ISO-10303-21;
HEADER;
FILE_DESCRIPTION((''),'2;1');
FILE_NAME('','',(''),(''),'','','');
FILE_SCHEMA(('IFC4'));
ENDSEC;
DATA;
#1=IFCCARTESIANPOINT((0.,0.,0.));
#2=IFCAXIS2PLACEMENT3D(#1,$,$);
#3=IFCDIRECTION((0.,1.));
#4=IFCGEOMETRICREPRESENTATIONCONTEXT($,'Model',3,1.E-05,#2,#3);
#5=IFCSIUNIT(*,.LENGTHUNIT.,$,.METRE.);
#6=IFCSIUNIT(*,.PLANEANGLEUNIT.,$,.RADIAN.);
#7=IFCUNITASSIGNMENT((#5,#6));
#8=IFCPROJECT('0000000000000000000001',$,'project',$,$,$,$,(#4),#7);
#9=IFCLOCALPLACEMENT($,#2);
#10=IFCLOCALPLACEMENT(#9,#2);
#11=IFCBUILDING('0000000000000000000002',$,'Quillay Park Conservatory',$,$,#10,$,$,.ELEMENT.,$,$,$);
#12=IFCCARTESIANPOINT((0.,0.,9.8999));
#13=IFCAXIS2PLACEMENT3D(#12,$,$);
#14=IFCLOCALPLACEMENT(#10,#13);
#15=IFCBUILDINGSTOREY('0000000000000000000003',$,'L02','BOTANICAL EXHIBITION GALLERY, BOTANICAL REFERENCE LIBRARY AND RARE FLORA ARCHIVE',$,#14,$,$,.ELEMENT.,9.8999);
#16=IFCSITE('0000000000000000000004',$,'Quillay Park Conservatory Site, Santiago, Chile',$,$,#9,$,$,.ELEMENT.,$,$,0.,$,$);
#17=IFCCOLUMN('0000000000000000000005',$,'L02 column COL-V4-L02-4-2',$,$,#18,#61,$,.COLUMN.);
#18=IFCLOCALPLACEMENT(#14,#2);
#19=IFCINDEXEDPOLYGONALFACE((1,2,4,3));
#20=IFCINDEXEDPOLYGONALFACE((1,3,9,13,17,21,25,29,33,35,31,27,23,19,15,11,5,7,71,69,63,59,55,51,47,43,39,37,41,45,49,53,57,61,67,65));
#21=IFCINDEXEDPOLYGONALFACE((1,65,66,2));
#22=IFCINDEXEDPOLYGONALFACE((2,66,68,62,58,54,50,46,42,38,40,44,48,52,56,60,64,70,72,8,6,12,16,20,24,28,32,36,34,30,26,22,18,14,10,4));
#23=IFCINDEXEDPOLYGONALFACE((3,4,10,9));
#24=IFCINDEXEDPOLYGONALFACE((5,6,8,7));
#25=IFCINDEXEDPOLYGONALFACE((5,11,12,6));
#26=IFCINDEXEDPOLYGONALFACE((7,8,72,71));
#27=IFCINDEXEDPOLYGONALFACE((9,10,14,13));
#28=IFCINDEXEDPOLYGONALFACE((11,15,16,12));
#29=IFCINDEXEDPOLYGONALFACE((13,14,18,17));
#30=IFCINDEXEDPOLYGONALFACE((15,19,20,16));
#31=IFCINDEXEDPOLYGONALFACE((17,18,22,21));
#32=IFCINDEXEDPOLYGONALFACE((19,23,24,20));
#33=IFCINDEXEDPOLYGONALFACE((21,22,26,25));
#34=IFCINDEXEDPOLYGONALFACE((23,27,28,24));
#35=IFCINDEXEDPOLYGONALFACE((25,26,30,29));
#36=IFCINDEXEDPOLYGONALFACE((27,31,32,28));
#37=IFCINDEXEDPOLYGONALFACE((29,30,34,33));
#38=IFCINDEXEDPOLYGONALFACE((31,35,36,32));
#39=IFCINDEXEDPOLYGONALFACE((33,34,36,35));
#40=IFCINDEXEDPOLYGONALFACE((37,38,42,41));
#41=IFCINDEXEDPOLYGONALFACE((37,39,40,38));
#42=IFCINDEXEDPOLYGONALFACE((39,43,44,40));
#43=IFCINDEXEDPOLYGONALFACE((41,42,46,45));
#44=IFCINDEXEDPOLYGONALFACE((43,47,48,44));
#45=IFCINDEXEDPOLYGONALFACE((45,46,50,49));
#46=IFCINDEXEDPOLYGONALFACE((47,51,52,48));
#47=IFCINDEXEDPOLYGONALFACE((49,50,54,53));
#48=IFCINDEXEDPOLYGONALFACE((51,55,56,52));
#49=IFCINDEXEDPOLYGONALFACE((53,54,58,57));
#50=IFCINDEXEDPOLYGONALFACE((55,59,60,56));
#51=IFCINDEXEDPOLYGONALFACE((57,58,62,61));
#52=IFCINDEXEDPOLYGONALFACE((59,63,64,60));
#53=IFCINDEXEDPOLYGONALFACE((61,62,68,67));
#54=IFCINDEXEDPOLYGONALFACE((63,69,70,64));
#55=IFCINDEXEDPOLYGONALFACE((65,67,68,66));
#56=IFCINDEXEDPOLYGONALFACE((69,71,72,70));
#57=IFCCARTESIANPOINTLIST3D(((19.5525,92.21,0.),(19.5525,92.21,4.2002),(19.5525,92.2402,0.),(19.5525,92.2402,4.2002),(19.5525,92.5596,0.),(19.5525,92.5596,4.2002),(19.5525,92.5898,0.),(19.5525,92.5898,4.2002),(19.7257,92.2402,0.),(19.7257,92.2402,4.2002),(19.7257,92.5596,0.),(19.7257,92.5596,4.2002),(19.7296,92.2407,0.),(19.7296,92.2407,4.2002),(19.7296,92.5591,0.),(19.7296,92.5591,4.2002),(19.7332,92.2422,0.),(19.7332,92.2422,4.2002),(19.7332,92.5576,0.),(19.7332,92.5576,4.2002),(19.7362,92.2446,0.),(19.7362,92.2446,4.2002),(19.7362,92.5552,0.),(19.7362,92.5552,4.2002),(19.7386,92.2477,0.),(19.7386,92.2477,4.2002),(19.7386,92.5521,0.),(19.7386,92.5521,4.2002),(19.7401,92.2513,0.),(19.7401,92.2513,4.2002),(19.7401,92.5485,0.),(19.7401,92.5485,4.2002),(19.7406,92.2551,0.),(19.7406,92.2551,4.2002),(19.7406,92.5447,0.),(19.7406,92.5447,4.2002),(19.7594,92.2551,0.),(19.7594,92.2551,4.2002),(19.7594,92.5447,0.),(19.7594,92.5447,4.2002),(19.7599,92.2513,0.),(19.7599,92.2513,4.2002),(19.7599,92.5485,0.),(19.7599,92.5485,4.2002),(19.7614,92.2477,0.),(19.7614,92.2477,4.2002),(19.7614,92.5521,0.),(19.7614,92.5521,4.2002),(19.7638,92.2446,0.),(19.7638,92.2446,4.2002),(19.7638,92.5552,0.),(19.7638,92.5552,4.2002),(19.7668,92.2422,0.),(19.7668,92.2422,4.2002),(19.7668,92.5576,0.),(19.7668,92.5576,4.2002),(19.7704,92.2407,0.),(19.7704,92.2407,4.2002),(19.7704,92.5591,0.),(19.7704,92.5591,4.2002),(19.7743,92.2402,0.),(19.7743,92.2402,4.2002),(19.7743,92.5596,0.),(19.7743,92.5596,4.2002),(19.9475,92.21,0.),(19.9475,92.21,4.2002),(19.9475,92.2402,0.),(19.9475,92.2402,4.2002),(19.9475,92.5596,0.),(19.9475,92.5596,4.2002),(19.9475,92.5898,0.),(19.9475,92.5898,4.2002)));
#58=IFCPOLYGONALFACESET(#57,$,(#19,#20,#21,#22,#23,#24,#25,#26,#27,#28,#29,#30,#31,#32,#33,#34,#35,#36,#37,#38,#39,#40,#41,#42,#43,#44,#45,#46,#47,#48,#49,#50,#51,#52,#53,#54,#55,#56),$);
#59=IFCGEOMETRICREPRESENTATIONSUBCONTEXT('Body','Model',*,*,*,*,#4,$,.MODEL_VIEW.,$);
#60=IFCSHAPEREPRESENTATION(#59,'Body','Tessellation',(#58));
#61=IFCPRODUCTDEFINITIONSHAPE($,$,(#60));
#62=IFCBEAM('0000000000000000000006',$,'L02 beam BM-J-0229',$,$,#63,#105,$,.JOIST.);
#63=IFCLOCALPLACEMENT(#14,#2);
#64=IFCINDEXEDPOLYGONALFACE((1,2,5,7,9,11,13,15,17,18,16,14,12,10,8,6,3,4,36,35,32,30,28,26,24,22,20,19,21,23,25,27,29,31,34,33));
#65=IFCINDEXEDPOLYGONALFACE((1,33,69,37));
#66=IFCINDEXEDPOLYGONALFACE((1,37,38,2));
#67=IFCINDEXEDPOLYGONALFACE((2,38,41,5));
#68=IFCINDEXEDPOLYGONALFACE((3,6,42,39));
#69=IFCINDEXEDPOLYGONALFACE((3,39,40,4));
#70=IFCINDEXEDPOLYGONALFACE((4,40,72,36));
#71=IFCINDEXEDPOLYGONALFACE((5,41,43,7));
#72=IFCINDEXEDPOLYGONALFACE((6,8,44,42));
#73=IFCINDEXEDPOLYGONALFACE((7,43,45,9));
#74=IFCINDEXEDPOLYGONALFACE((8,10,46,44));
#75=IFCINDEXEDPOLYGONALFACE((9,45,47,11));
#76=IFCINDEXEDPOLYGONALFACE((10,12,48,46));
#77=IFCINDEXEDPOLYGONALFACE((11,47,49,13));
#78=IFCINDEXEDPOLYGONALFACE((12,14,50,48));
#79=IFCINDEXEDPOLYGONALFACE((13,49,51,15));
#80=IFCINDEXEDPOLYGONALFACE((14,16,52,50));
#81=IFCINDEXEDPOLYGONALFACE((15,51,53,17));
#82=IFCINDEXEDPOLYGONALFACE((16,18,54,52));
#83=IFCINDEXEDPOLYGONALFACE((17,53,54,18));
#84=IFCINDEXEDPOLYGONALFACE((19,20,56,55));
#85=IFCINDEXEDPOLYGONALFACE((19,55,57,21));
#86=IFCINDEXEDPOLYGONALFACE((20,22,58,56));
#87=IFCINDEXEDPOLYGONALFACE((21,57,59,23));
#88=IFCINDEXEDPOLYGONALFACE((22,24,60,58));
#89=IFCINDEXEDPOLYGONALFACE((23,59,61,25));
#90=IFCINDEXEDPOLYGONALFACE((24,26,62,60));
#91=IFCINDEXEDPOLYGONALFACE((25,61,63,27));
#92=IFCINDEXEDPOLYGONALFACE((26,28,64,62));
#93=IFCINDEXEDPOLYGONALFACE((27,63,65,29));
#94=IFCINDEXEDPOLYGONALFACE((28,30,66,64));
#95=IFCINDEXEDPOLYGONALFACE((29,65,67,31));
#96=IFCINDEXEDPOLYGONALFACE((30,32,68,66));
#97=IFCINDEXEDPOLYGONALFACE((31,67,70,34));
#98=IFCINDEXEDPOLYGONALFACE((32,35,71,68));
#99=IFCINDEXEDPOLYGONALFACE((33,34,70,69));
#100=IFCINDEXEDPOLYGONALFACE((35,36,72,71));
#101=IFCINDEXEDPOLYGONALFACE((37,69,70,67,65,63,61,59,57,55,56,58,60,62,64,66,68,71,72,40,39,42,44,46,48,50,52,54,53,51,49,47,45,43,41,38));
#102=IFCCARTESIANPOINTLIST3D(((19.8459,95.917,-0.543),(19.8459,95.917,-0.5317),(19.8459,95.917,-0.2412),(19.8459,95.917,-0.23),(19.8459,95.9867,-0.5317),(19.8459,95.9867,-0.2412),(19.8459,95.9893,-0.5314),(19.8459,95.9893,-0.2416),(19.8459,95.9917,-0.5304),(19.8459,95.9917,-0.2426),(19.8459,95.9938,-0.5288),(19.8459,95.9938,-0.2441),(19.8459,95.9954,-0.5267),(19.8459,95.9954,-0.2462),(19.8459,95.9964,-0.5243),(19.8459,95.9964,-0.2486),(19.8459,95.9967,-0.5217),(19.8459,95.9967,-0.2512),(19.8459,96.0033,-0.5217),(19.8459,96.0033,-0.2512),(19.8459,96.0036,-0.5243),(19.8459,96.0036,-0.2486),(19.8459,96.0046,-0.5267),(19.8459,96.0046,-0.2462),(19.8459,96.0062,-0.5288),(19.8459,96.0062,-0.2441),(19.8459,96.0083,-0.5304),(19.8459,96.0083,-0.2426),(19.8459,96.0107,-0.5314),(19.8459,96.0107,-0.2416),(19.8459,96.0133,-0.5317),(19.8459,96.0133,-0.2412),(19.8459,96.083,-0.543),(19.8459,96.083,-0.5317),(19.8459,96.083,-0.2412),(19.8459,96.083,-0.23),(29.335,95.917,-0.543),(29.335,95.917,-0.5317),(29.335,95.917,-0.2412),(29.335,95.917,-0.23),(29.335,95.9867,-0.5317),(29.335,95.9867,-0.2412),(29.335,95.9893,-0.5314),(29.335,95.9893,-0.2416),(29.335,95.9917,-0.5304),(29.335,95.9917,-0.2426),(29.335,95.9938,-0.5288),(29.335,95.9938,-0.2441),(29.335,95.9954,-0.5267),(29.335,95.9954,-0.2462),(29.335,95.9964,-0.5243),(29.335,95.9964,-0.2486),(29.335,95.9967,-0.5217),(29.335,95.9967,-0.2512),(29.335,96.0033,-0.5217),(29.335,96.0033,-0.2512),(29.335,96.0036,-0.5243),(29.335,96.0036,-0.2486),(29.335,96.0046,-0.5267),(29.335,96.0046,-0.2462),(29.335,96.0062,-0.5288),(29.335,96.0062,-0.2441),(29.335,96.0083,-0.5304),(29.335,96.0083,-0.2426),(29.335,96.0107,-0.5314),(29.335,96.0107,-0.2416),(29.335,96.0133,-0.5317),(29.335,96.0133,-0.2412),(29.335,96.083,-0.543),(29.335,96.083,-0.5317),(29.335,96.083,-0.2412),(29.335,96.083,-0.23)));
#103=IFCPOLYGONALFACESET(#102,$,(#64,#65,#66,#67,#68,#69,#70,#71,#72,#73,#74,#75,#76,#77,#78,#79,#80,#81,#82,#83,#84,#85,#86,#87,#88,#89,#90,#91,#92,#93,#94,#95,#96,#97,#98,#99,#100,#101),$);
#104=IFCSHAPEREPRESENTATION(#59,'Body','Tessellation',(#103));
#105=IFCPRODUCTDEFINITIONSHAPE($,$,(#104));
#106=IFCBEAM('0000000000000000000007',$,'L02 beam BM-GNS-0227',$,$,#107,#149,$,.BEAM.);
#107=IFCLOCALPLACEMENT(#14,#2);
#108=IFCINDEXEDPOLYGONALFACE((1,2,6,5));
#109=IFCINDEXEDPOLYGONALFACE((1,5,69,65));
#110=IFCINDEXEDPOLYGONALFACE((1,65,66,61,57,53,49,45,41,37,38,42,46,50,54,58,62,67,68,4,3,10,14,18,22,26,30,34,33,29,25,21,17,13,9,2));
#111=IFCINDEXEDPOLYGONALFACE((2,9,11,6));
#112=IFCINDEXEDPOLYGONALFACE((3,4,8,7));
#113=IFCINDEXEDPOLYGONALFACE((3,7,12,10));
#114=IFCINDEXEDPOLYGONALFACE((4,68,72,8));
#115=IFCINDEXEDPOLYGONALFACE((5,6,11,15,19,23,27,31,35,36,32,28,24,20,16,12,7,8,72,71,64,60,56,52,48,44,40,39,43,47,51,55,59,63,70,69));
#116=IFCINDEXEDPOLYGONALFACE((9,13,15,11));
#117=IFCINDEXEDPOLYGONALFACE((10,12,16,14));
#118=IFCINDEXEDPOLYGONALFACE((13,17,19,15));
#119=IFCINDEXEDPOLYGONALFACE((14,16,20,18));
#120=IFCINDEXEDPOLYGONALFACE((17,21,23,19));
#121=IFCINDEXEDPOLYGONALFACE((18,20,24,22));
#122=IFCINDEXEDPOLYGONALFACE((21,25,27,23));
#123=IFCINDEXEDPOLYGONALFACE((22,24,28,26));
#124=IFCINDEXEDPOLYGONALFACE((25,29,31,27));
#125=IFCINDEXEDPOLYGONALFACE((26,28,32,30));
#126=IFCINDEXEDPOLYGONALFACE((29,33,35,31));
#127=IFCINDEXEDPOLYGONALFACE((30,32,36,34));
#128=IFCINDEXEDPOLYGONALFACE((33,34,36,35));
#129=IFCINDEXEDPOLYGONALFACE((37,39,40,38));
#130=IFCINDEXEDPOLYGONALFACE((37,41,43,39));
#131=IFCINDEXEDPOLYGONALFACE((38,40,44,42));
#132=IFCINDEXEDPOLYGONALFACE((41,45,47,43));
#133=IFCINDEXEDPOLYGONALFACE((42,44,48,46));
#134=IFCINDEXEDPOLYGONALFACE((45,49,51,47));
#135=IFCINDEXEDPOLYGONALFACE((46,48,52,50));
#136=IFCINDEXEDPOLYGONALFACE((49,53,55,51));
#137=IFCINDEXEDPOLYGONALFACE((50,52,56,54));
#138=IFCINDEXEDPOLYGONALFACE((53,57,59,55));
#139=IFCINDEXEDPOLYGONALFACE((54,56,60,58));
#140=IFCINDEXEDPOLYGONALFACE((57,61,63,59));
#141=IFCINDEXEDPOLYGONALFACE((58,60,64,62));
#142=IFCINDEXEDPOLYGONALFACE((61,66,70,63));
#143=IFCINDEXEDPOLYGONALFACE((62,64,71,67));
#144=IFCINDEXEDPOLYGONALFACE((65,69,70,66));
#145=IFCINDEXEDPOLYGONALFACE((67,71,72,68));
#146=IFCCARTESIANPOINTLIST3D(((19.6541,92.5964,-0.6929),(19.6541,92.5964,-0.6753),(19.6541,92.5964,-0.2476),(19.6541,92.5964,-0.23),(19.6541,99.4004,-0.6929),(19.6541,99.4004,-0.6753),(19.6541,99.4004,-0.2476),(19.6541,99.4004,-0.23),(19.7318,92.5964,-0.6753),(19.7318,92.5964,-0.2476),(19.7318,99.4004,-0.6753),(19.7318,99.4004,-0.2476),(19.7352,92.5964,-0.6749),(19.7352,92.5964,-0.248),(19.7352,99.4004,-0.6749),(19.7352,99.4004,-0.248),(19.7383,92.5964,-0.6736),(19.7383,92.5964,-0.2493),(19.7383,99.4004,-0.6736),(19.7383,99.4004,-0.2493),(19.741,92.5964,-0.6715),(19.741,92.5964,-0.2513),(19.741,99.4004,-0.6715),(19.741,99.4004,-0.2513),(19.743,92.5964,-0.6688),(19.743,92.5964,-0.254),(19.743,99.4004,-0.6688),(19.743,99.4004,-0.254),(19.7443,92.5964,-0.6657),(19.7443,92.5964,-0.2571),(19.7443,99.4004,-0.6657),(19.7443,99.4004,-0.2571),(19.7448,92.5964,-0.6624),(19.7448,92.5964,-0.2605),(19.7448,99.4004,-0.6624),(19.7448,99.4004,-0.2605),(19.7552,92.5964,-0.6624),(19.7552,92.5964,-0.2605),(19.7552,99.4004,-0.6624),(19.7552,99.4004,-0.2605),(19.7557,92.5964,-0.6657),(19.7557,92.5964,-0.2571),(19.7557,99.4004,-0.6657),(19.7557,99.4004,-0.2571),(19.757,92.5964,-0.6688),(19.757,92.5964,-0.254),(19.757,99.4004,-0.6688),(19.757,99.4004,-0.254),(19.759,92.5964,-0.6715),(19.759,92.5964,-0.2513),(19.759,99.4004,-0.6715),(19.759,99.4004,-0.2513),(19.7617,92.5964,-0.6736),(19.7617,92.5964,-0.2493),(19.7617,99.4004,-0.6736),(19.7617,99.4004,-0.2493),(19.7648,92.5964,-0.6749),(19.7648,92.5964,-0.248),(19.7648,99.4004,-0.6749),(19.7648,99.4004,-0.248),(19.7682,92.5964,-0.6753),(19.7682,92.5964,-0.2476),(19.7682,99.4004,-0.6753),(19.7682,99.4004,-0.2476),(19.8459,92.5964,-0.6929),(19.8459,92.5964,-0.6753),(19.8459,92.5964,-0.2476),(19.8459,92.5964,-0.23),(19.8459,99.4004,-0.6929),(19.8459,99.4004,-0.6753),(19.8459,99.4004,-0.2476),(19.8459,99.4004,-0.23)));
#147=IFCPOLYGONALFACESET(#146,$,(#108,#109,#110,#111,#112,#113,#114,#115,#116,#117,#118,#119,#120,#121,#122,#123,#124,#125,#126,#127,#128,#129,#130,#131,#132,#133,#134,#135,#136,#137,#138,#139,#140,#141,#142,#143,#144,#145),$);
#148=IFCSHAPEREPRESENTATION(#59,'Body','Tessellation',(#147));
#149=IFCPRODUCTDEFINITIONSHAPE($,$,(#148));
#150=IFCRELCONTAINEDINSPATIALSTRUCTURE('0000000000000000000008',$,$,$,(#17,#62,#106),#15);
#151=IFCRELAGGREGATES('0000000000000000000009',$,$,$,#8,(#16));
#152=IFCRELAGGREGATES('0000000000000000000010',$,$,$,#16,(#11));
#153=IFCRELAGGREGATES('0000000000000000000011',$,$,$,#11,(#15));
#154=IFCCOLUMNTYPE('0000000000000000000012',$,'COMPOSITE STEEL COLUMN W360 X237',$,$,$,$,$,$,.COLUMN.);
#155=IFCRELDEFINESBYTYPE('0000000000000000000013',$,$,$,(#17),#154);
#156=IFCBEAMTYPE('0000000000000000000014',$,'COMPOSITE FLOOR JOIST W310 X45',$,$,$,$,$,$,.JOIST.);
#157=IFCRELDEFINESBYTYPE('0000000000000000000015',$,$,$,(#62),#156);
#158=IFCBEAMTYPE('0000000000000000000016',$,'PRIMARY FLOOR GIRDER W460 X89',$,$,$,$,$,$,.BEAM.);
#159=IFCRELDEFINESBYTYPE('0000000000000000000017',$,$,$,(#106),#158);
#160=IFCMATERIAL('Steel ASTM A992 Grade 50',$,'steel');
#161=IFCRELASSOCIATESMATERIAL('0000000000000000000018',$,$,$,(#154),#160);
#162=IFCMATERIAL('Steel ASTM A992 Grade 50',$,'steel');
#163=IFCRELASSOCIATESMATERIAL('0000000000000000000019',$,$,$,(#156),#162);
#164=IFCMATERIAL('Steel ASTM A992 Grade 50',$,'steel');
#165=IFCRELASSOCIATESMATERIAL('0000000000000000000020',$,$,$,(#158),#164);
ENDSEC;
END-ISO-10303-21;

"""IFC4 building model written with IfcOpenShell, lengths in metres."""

from ifc_helpers import new_model, si_unit, direction, frame, origin, origin_2d, place, context, subcontext, project, spatial, i_section, extrude, material, material_profile, profile_set, type_object, element, save


model = new_model("IFC4")

# Units and contexts
model_context = context("Model", 3, precision=1e-05, world=origin(), true_north=direction((0.0, 1.0)))
body_context = subcontext(model_context, "Body", "Model", "MODEL_VIEW")
ifc_project = project(units=[si_unit("LENGTHUNIT", "METRE"), si_unit("PLANEANGLEUNIT", "RADIAN")], contexts=[model_context])

# Site, building, storey
site_placement = place(None, origin())
site = spatial("IfcSite", under=ifc_project, at=site_placement, Name="Quillay Park Conservatory Site, Santiago, Chile", CompositionType="ELEMENT", RefElevation=0.0)
building_placement = place(site_placement, origin())
building = spatial("IfcBuilding", under=site, at=building_placement, Name="Quillay Park Conservatory", CompositionType="ELEMENT")
storey_placement = place(building_placement, frame((0.0, 0.0, 9.8999)))
storey = spatial("IfcBuildingStorey", under=building, at=storey_placement, Name="L02", Description="BOTANICAL EXHIBITION GALLERY, BOTANICAL REFERENCE LIBRARY AND RARE FLORA ARCHIVE", CompositionType="ELEMENT", Elevation=9.8999)

# Column
ifc_material_1 = material(Name="Steel ASTM A992 Grade 50", Category="steel")
ifc_material_profile_1 = material_profile(ifc_material_1, i_section(OverallWidth=0.395, OverallDepth=0.3799, WebThickness=0.0188, FlangeThickness=0.0303, FilletRadius=0.0149, at=origin_2d()), Name="W360x237")
ifc_profile_set_1 = profile_set([ifc_material_profile_1], Name="Steel ASTM A992 Grade 50")
column_type = type_object("IfcColumnType", Name="COMPOSITE STEEL COLUMN W360 X237", PredefinedType="COLUMN", material=ifc_profile_set_1)
column_placement = place(storey_placement, frame((19.75, 92.3999, 0.0), z_axis=(0.0, 0.0, 1.0), x_axis=(1.0, 0.0, 0.0)))
element("IfcColumn", 1, at=column_placement, inside=storey, type_object=column_type, Name="L02 column COL-V4-L02-4-2", PredefinedType="COLUMN", context=body_context, shape_type="SweptSolid", body=[
    extrude(i_section(OverallWidth=0.395, OverallDepth=0.3799, WebThickness=0.0188, FlangeThickness=0.0303, FilletRadius=0.0149, at=origin_2d()), origin(), (0.0, 0.0, 1.0), 4.2002),
])

# Beams
ifc_material_2 = material(Name="Steel ASTM A992 Grade 50", Category="steel")
ifc_material_profile_2 = material_profile(ifc_material_2, i_section(OverallWidth=0.166, OverallDepth=0.313, WebThickness=0.0066, FlangeThickness=0.0112, FilletRadius=0.01, at=origin_2d()), Name="W310x45")
ifc_profile_set_2 = profile_set([ifc_material_profile_2], Name="Steel ASTM A992 Grade 50")
beam_type_1 = type_object("IfcBeamType", Name="COMPOSITE FLOOR JOIST W310 X45", PredefinedType="JOIST", material=ifc_profile_set_2)
beam_1_placement = place(storey_placement, frame((19.8459, 96.0, -0.3865), z_axis=(1.0, 0.0, 0.0), x_axis=(0.0, 1.0, 0.0)))
element("IfcBeam", 2, at=beam_1_placement, inside=storey, type_object=beam_type_1, Name="L02 beam BM-J-0229", PredefinedType="JOIST", context=body_context, shape_type="SweptSolid", body=[
    extrude(i_section(OverallWidth=0.166, OverallDepth=0.313, WebThickness=0.0066, FlangeThickness=0.0112, FilletRadius=0.01, at=origin_2d()), origin(), (0.0, 0.0, 1.0), 9.489),
])
ifc_material_3 = material(Name="Steel ASTM A992 Grade 50", Category="steel")
ifc_material_profile_3 = material_profile(ifc_material_3, i_section(OverallWidth=0.1919, OverallDepth=0.4629, WebThickness=0.0105, FlangeThickness=0.0176, FilletRadius=0.0129, at=origin_2d()), Name="W460x89")
ifc_profile_set_3 = profile_set([ifc_material_profile_3], Name="Steel ASTM A992 Grade 50")
beam_type_2 = type_object("IfcBeamType", Name="PRIMARY FLOOR GIRDER W460 X89", PredefinedType="BEAM", material=ifc_profile_set_3)
beam_2_placement = place(storey_placement, frame((19.75, 92.5964, -0.4614), z_axis=(0.0, 1.0, 0.0), x_axis=(-1.0, 0.0, 0.0)))
element("IfcBeam", 3, at=beam_2_placement, inside=storey, type_object=beam_type_2, Name="L02 beam BM-GNS-0227", PredefinedType="BEAM", context=body_context, shape_type="SweptSolid", body=[
    extrude(i_section(OverallWidth=0.1919, OverallDepth=0.4629, WebThickness=0.0105, FlangeThickness=0.0176, FilletRadius=0.0129, at=origin_2d()), origin(), (0.0, 0.0, 1.0), 6.804),
])

save(model, "model.ifc")
